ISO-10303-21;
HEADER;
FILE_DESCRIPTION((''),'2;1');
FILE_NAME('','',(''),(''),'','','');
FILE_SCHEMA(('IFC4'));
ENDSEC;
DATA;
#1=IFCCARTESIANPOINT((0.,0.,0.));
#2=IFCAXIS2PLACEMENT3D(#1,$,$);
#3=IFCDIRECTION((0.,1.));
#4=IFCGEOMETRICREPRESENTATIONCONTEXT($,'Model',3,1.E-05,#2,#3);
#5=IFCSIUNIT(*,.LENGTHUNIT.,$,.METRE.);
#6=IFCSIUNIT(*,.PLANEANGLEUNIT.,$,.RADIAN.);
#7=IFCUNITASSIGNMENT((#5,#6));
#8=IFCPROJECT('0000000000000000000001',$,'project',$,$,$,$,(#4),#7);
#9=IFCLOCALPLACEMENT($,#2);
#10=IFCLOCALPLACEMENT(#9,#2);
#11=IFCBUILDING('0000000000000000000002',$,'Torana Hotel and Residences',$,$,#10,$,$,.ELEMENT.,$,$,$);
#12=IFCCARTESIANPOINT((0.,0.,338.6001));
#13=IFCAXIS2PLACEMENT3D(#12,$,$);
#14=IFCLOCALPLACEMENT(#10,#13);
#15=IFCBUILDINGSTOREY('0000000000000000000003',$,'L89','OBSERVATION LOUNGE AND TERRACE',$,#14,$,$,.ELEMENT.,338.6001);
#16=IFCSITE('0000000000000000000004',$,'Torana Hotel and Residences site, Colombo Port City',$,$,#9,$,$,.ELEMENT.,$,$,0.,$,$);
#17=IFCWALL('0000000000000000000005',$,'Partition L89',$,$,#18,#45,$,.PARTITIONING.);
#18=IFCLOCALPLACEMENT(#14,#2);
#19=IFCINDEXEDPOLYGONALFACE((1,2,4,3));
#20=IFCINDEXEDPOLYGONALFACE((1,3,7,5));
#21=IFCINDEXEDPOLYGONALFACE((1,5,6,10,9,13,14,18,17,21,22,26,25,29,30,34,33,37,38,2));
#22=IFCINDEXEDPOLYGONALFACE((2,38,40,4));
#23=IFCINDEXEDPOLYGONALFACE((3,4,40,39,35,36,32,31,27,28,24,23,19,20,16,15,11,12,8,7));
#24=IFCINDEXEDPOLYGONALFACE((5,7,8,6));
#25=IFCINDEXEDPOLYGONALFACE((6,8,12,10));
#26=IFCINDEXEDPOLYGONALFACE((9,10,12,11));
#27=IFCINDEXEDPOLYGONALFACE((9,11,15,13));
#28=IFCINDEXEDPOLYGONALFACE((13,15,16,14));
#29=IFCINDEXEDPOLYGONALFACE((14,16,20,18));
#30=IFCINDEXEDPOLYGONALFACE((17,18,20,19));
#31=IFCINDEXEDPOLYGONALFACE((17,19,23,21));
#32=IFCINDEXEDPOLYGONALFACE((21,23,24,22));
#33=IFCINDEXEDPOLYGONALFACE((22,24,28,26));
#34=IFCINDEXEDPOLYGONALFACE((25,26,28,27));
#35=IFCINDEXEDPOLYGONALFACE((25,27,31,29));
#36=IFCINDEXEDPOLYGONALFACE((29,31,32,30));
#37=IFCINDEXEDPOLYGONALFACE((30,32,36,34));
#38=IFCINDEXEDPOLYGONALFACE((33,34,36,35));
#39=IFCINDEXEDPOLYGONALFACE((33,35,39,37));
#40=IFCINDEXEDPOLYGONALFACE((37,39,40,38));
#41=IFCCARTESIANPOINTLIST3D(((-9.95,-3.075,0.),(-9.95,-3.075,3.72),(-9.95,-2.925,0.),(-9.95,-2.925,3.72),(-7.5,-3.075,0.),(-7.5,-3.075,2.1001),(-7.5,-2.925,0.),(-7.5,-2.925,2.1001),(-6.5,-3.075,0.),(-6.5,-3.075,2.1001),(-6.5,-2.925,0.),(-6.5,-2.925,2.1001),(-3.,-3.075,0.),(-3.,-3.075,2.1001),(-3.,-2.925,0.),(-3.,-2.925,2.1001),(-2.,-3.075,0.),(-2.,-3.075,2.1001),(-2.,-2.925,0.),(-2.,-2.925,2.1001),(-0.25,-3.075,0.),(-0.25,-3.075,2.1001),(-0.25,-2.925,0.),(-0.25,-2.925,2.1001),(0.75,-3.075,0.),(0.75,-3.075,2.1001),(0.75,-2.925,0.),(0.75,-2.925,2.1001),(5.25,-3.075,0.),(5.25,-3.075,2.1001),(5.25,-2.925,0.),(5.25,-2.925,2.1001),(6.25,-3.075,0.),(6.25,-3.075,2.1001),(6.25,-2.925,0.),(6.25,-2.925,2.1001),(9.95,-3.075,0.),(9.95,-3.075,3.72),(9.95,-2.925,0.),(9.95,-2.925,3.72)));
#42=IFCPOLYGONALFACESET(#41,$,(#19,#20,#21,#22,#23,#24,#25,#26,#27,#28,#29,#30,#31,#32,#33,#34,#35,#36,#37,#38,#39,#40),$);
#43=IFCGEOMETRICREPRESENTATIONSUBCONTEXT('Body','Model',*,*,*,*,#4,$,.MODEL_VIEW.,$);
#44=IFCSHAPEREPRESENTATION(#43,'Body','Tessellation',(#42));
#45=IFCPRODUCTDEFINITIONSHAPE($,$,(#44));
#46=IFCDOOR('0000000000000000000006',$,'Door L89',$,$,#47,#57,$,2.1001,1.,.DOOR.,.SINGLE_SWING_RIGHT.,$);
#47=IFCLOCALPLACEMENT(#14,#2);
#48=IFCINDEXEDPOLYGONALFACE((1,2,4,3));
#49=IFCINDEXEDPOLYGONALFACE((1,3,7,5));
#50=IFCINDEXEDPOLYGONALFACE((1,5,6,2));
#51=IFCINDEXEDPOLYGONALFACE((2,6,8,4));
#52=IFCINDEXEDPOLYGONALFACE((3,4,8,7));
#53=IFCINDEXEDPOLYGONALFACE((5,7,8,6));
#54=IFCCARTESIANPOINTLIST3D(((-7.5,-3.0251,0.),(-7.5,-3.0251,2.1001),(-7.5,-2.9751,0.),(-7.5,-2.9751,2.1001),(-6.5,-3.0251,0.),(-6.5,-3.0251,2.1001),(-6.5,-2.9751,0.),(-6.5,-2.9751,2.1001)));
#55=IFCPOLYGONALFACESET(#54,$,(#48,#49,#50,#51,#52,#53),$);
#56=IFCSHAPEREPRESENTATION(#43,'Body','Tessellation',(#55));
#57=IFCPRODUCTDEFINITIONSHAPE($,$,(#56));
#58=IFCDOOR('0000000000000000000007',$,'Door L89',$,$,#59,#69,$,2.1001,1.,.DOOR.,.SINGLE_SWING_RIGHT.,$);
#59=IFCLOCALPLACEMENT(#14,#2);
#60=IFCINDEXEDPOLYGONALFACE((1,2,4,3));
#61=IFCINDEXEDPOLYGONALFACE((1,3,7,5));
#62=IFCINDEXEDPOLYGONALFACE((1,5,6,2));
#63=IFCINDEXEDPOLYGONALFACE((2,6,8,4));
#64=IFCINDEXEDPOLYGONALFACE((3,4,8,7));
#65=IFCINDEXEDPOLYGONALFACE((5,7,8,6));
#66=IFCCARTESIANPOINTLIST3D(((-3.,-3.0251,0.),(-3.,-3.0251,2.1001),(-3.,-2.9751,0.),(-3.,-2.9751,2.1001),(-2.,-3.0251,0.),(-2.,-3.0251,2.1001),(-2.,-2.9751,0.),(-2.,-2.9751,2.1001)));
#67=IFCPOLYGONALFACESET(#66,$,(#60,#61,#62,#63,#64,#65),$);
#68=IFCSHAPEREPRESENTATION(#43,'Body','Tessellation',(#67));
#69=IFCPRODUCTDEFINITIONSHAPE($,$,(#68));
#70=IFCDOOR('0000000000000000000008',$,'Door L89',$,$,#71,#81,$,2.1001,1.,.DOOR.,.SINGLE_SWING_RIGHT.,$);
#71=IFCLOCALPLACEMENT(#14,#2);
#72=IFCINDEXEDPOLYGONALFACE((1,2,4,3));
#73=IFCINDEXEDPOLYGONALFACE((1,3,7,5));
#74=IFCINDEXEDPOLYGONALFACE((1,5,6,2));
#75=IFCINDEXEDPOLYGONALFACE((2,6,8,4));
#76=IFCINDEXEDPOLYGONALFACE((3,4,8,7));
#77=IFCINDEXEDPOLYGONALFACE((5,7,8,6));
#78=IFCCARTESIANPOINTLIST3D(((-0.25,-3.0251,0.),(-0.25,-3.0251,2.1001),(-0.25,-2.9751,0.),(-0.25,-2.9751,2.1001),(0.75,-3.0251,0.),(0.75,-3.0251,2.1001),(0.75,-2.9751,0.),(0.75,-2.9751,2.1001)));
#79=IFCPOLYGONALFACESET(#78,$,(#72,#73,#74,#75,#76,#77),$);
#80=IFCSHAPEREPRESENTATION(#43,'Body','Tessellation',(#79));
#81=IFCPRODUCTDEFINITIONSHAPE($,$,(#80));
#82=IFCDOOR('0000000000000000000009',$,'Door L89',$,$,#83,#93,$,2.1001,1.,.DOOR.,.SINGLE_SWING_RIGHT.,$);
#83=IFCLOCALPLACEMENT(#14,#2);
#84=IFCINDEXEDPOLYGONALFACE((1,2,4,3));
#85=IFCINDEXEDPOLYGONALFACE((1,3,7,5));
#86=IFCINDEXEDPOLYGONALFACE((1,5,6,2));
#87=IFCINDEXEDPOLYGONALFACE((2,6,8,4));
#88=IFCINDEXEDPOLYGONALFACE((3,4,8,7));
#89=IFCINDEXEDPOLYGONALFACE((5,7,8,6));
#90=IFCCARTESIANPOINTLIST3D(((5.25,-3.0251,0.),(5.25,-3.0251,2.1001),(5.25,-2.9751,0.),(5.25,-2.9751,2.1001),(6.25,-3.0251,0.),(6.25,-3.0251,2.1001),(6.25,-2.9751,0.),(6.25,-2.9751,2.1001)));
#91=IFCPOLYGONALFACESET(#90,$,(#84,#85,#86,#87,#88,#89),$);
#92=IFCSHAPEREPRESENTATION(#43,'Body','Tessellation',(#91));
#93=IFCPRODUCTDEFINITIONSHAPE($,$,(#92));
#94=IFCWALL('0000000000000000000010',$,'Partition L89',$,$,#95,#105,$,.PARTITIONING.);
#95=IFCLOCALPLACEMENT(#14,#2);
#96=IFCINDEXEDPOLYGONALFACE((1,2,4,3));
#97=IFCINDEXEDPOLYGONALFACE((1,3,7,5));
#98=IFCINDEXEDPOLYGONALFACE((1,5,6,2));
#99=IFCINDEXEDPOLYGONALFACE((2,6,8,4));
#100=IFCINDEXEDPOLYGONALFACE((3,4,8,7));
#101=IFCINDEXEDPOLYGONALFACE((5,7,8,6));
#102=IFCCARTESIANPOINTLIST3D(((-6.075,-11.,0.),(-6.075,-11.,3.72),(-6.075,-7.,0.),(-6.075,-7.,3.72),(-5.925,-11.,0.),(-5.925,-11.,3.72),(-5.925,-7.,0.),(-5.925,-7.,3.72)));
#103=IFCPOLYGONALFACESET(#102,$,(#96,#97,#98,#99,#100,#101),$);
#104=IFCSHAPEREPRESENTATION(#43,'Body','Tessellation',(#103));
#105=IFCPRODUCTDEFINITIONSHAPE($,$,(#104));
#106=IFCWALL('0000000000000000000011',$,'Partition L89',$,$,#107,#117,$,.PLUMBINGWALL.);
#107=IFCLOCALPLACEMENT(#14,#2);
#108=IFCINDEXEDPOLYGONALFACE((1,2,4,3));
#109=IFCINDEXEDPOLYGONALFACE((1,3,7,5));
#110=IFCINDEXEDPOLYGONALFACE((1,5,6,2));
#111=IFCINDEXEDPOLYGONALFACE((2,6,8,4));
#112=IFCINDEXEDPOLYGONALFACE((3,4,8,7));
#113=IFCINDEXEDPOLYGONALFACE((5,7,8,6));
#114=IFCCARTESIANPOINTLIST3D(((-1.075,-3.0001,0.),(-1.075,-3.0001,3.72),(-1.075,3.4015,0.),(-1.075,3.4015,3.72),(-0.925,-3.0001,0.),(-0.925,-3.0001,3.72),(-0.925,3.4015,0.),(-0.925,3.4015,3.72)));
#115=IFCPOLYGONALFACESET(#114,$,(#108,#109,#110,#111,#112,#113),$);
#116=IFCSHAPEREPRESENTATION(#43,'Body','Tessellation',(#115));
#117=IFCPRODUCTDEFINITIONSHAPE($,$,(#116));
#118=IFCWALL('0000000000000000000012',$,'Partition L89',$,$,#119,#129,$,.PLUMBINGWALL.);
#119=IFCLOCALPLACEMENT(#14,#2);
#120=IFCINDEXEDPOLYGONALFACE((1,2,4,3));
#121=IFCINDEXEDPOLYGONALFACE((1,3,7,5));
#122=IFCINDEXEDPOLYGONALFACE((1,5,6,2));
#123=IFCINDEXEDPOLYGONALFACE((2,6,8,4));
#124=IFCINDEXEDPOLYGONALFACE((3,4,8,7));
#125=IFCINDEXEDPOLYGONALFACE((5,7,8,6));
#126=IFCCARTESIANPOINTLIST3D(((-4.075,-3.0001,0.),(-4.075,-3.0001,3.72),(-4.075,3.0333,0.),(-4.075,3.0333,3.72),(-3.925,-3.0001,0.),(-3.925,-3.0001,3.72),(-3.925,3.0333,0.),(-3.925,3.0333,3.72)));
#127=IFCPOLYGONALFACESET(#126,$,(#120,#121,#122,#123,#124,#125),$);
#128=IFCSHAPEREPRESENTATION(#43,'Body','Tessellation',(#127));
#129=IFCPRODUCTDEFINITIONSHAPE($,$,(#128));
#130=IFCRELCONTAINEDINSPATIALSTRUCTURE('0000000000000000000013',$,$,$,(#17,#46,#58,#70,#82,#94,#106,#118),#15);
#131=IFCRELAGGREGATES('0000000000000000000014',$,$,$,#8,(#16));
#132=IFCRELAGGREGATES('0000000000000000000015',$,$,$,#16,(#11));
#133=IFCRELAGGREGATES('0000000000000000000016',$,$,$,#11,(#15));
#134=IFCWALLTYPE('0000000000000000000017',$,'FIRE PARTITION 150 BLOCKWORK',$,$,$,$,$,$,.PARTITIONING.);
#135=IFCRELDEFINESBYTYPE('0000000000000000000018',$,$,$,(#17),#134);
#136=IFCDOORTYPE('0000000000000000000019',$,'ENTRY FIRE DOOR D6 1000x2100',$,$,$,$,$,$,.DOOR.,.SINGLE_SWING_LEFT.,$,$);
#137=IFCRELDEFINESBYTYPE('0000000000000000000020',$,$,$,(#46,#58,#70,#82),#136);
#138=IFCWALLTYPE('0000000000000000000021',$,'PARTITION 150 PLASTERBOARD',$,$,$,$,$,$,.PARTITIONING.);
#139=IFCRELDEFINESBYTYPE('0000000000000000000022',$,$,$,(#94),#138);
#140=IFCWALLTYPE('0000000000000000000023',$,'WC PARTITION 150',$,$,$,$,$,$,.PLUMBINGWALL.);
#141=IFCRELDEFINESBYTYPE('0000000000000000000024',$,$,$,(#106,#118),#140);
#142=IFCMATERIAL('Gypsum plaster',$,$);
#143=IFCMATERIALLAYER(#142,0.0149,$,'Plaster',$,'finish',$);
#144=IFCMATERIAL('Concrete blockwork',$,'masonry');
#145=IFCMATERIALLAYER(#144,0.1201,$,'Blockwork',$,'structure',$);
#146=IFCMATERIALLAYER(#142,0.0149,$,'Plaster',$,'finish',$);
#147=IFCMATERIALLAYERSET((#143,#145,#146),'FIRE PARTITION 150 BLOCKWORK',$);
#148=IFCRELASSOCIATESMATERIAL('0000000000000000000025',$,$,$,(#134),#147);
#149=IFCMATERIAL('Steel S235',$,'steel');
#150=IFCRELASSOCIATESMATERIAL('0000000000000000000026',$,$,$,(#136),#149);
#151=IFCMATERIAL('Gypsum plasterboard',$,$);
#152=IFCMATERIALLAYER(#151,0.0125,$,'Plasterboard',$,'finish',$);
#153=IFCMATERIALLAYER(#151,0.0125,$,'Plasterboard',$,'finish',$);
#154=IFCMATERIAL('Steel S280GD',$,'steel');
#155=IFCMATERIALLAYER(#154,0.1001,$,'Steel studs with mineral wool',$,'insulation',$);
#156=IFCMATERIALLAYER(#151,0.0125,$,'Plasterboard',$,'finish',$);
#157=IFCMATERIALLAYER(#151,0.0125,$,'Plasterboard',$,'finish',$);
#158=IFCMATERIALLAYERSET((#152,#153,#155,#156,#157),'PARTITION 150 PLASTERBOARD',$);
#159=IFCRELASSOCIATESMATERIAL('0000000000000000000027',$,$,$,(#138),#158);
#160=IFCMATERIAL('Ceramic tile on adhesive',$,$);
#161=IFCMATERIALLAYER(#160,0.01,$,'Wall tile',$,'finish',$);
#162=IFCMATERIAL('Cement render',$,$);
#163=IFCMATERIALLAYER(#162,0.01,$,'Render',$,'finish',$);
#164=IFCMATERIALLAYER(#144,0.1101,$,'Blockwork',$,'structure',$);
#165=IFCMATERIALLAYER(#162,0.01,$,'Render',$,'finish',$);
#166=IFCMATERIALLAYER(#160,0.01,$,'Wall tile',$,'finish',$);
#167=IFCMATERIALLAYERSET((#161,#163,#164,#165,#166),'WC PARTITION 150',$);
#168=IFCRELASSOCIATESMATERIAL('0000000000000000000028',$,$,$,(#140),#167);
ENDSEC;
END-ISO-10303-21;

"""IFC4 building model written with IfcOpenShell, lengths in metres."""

from ifc_helpers import new_model, si_unit, direction, frame, frame_2d, origin, place, context, subcontext, project, spatial, rectangle, extrude, material, layer, layer_set, type_object, element, fill, save


model = new_model("IFC4")

# Units and contexts
model_context = context("Model", 3, precision=1e-05, world=origin(), true_north=direction((0.0, 1.0)))
body_context = subcontext(model_context, "Body", "Model", "MODEL_VIEW")
ifc_project = project(units=[si_unit("LENGTHUNIT", "METRE"), si_unit("PLANEANGLEUNIT", "RADIAN")], contexts=[model_context])

# Site, building, storey
site_placement = place(None, origin())
site = spatial("IfcSite", under=ifc_project, at=site_placement, Name="Torana Hotel and Residences site, Colombo Port City", CompositionType="ELEMENT", RefElevation=0.0)
building_placement = place(site_placement, origin())
building = spatial("IfcBuilding", under=site, at=building_placement, Name="Torana Hotel and Residences", CompositionType="ELEMENT")
storey_placement = place(building_placement, frame((0.0, 0.0, 338.6001)))
storey = spatial("IfcBuildingStorey", under=building, at=storey_placement, Name="L89", Description="OBSERVATION LOUNGE AND TERRACE", CompositionType="ELEMENT", Elevation=338.6001)

# Shared definitions
ifc_material_1 = material(Name="Gypsum plaster")
ifc_layer_1 = layer(ifc_material_1, 0.0149, Name="Plaster", Category="finish")
ifc_material_2 = material(Name="Concrete blockwork", Category="masonry")
ifc_layer_2 = layer(ifc_material_2, 0.1201, Name="Blockwork", Category="structure")
ifc_layer_3 = layer(ifc_material_1, 0.0149, Name="Plaster", Category="finish")
ifc_layer_set_1 = layer_set([ifc_layer_1, ifc_layer_2, ifc_layer_3], Name="FIRE PARTITION 150 BLOCKWORK")
wall_type_1 = type_object("IfcWallType", Name="FIRE PARTITION 150 BLOCKWORK", PredefinedType="PARTITIONING", material=ifc_layer_set_1)
ifc_material_3 = material(Name="Steel S235", Category="steel")
door_type = type_object("IfcDoorType", Name="ENTRY FIRE DOOR D6 1000x2100", OperationType="SINGLE_SWING_LEFT", PredefinedType="DOOR", material=ifc_material_3)

# Wall, openings, doors
wall_1_placement = place(storey_placement, frame((-9.95, -3.0, 0.0), z_axis=(0.0, 0.0, 1.0), x_axis=(1.0, 0.0, 0.0)))
wall_1 = element("IfcWall", 1, at=wall_1_placement, inside=storey, type_object=wall_type_1, Name="Partition L89", PredefinedType="PARTITIONING", context=body_context, shape_type="SweptSolid", body=[
    extrude(rectangle(XDim=19.8999, YDim=0.1499, at=frame_2d((9.95, 0.0))), origin(), (0.0, 0.0, 1.0), 3.72),
])
opening_1_placement = place(wall_1_placement, frame((2.45, 0.0, 0.0)))
opening_1 = element("IfcOpeningElement", 2, at=opening_1_placement, cuts=wall_1, PredefinedType="OPENING", context=body_context, shape_type="SweptSolid", body=[
    extrude(rectangle(XDim=1.0, YDim=2.1001, at=frame_2d((0.5, 1.05))), frame((0.0, 0.085, 0.0), z_axis=(0.0, -1.0, 0.0), x_axis=(1.0, 0.0, 0.0)), (0.0, 0.0, 1.0), 0.1699),
])
opening_2_placement = place(wall_1_placement, frame((6.95, 0.0, 0.0)))
opening_2 = element("IfcOpeningElement", 3, at=opening_2_placement, cuts=wall_1, PredefinedType="OPENING", context=body_context, shape_type="SweptSolid", body=[
    extrude(rectangle(XDim=1.0, YDim=2.1001, at=frame_2d((0.5, 1.05))), frame((0.0, 0.085, 0.0), z_axis=(0.0, -1.0, 0.0), x_axis=(1.0, 0.0, 0.0)), (0.0, 0.0, 1.0), 0.1699),
])
opening_3_placement = place(wall_1_placement, frame((9.7, 0.0, 0.0)))
opening_3 = element("IfcOpeningElement", 4, at=opening_3_placement, cuts=wall_1, PredefinedType="OPENING", context=body_context, shape_type="SweptSolid", body=[
    extrude(rectangle(XDim=1.0, YDim=2.1001, at=frame_2d((0.5, 1.05))), frame((0.0, 0.085, 0.0), z_axis=(0.0, -1.0, 0.0), x_axis=(1.0, 0.0, 0.0)), (0.0, 0.0, 1.0), 0.1699),
])
opening_4_placement = place(wall_1_placement, frame((15.2, 0.0, 0.0)))
opening_4 = element("IfcOpeningElement", 5, at=opening_4_placement, cuts=wall_1, PredefinedType="OPENING", context=body_context, shape_type="SweptSolid", body=[
    extrude(rectangle(XDim=1.0, YDim=2.1001, at=frame_2d((0.5, 1.05))), frame((0.0, 0.085, 0.0), z_axis=(0.0, -1.0, 0.0), x_axis=(1.0, 0.0, 0.0)), (0.0, 0.0, 1.0), 0.1699),
])
door_1_placement = place(opening_1_placement, origin())
door_1 = element("IfcDoor", 6, at=door_1_placement, inside=storey, type_object=door_type, Name="Door L89", OperationType="SINGLE_SWING_RIGHT", OverallHeight=2.1001, OverallWidth=1.0, PredefinedType="DOOR", context=body_context, shape_type="SweptSolid", body=[
    extrude(rectangle(XDim=1.0, YDim=2.1001, at=frame_2d((0.5, 1.05))), frame((0.0, 0.0249, 0.0), z_axis=(0.0, -1.0, 0.0), x_axis=(1.0, 0.0, 0.0)), (0.0, 0.0, 1.0), 0.05),
])
fill(opening_1, door_1)
door_2_placement = place(opening_2_placement, origin())
door_2 = element("IfcDoor", 7, at=door_2_placement, inside=storey, type_object=door_type, Name="Door L89", OperationType="SINGLE_SWING_RIGHT", OverallHeight=2.1001, OverallWidth=1.0, PredefinedType="DOOR", context=body_context, shape_type="SweptSolid", body=[
    extrude(rectangle(XDim=1.0, YDim=2.1001, at=frame_2d((0.5, 1.05))), frame((0.0, 0.0249, 0.0), z_axis=(0.0, -1.0, 0.0), x_axis=(1.0, 0.0, 0.0)), (0.0, 0.0, 1.0), 0.05),
])
fill(opening_2, door_2)
door_3_placement = place(opening_3_placement, origin())
door_3 = element("IfcDoor", 8, at=door_3_placement, inside=storey, type_object=door_type, Name="Door L89", OperationType="SINGLE_SWING_RIGHT", OverallHeight=2.1001, OverallWidth=1.0, PredefinedType="DOOR", context=body_context, shape_type="SweptSolid", body=[
    extrude(rectangle(XDim=1.0, YDim=2.1001, at=frame_2d((0.5, 1.05))), frame((0.0, 0.0249, 0.0), z_axis=(0.0, -1.0, 0.0), x_axis=(1.0, 0.0, 0.0)), (0.0, 0.0, 1.0), 0.05),
])
fill(opening_3, door_3)
door_4_placement = place(opening_4_placement, origin())
door_4 = element("IfcDoor", 9, at=door_4_placement, inside=storey, type_object=door_type, Name="Door L89", OperationType="SINGLE_SWING_RIGHT", OverallHeight=2.1001, OverallWidth=1.0, PredefinedType="DOOR", context=body_context, shape_type="SweptSolid", body=[
    extrude(rectangle(XDim=1.0, YDim=2.1001, at=frame_2d((0.5, 1.05))), frame((0.0, 0.0249, 0.0), z_axis=(0.0, -1.0, 0.0), x_axis=(1.0, 0.0, 0.0)), (0.0, 0.0, 1.0), 0.05),
])
fill(opening_4, door_4)

# Walls
ifc_material_4 = material(Name="Gypsum plasterboard")
ifc_layer_4 = layer(ifc_material_4, 0.0125, Name="Plasterboard", Category="finish")
ifc_layer_5 = layer(ifc_material_4, 0.0125, Name="Plasterboard", Category="finish")
ifc_material_5 = material(Name="Steel S280GD", Category="steel")
ifc_layer_6 = layer(ifc_material_5, 0.1001, Name="Steel studs with mineral wool", Category="insulation")
ifc_layer_7 = layer(ifc_material_4, 0.0125, Name="Plasterboard", Category="finish")
ifc_layer_8 = layer(ifc_material_4, 0.0125, Name="Plasterboard", Category="finish")
ifc_layer_set_2 = layer_set([ifc_layer_4, ifc_layer_5, ifc_layer_6, ifc_layer_7, ifc_layer_8], Name="PARTITION 150 PLASTERBOARD")
wall_type_2 = type_object("IfcWallType", Name="PARTITION 150 PLASTERBOARD", PredefinedType="PARTITIONING", material=ifc_layer_set_2)
wall_2_placement = place(storey_placement, frame((-6.0, -11.0, 0.0), z_axis=(0.0, 0.0, 1.0), x_axis=(0.0, 1.0, 0.0)))
element("IfcWall", 10, at=wall_2_placement, inside=storey, type_object=wall_type_2, Name="Partition L89", PredefinedType="PARTITIONING", context=body_context, shape_type="SweptSolid", body=[
    extrude(rectangle(XDim=4.0, YDim=0.1499, at=frame_2d((2.0, 0.0))), origin(), (0.0, 0.0, 1.0), 3.72),
])
ifc_material_6 = material(Name="Ceramic tile on adhesive")
ifc_layer_9 = layer(ifc_material_6, 0.01, Name="Wall tile", Category="finish")
ifc_material_7 = material(Name="Cement render")
ifc_layer_10 = layer(ifc_material_7, 0.01, Name="Render", Category="finish")
ifc_layer_11 = layer(ifc_material_2, 0.1101, Name="Blockwork", Category="structure")
ifc_layer_12 = layer(ifc_material_7, 0.01, Name="Render", Category="finish")
ifc_layer_13 = layer(ifc_material_6, 0.01, Name="Wall tile", Category="finish")
ifc_layer_set_3 = layer_set([ifc_layer_9, ifc_layer_10, ifc_layer_11, ifc_layer_12, ifc_layer_13], Name="WC PARTITION 150")
wall_type_3 = type_object("IfcWallType", Name="WC PARTITION 150", PredefinedType="PLUMBINGWALL", material=ifc_layer_set_3)
wall_3_placement = place(storey_placement, frame((-1.0, -3.0, 0.0), z_axis=(0.0, 0.0, 1.0), x_axis=(0.0, 1.0, 0.0)))
element("IfcWall", 11, at=wall_3_placement, inside=storey, type_object=wall_type_3, Name="Partition L89", PredefinedType="PLUMBINGWALL", context=body_context, shape_type="SweptSolid", body=[
    extrude(rectangle(XDim=6.4016, YDim=0.1499, at=frame_2d((3.2007, 0.0))), origin(), (0.0, 0.0, 1.0), 3.72),
])
wall_4_placement = place(storey_placement, frame((-4.0, -3.0, 0.0), z_axis=(0.0, 0.0, 1.0), x_axis=(0.0, 1.0, 0.0)))
element("IfcWall", 12, at=wall_4_placement, inside=storey, type_object=wall_type_3, Name="Partition L89", PredefinedType="PLUMBINGWALL", context=body_context, shape_type="SweptSolid", body=[
    extrude(rectangle(XDim=6.0334, YDim=0.1499, at=frame_2d((3.0166, 0.0))), origin(), (0.0, 0.0, 1.0), 3.72),
])

save(model, "model.ifc")
